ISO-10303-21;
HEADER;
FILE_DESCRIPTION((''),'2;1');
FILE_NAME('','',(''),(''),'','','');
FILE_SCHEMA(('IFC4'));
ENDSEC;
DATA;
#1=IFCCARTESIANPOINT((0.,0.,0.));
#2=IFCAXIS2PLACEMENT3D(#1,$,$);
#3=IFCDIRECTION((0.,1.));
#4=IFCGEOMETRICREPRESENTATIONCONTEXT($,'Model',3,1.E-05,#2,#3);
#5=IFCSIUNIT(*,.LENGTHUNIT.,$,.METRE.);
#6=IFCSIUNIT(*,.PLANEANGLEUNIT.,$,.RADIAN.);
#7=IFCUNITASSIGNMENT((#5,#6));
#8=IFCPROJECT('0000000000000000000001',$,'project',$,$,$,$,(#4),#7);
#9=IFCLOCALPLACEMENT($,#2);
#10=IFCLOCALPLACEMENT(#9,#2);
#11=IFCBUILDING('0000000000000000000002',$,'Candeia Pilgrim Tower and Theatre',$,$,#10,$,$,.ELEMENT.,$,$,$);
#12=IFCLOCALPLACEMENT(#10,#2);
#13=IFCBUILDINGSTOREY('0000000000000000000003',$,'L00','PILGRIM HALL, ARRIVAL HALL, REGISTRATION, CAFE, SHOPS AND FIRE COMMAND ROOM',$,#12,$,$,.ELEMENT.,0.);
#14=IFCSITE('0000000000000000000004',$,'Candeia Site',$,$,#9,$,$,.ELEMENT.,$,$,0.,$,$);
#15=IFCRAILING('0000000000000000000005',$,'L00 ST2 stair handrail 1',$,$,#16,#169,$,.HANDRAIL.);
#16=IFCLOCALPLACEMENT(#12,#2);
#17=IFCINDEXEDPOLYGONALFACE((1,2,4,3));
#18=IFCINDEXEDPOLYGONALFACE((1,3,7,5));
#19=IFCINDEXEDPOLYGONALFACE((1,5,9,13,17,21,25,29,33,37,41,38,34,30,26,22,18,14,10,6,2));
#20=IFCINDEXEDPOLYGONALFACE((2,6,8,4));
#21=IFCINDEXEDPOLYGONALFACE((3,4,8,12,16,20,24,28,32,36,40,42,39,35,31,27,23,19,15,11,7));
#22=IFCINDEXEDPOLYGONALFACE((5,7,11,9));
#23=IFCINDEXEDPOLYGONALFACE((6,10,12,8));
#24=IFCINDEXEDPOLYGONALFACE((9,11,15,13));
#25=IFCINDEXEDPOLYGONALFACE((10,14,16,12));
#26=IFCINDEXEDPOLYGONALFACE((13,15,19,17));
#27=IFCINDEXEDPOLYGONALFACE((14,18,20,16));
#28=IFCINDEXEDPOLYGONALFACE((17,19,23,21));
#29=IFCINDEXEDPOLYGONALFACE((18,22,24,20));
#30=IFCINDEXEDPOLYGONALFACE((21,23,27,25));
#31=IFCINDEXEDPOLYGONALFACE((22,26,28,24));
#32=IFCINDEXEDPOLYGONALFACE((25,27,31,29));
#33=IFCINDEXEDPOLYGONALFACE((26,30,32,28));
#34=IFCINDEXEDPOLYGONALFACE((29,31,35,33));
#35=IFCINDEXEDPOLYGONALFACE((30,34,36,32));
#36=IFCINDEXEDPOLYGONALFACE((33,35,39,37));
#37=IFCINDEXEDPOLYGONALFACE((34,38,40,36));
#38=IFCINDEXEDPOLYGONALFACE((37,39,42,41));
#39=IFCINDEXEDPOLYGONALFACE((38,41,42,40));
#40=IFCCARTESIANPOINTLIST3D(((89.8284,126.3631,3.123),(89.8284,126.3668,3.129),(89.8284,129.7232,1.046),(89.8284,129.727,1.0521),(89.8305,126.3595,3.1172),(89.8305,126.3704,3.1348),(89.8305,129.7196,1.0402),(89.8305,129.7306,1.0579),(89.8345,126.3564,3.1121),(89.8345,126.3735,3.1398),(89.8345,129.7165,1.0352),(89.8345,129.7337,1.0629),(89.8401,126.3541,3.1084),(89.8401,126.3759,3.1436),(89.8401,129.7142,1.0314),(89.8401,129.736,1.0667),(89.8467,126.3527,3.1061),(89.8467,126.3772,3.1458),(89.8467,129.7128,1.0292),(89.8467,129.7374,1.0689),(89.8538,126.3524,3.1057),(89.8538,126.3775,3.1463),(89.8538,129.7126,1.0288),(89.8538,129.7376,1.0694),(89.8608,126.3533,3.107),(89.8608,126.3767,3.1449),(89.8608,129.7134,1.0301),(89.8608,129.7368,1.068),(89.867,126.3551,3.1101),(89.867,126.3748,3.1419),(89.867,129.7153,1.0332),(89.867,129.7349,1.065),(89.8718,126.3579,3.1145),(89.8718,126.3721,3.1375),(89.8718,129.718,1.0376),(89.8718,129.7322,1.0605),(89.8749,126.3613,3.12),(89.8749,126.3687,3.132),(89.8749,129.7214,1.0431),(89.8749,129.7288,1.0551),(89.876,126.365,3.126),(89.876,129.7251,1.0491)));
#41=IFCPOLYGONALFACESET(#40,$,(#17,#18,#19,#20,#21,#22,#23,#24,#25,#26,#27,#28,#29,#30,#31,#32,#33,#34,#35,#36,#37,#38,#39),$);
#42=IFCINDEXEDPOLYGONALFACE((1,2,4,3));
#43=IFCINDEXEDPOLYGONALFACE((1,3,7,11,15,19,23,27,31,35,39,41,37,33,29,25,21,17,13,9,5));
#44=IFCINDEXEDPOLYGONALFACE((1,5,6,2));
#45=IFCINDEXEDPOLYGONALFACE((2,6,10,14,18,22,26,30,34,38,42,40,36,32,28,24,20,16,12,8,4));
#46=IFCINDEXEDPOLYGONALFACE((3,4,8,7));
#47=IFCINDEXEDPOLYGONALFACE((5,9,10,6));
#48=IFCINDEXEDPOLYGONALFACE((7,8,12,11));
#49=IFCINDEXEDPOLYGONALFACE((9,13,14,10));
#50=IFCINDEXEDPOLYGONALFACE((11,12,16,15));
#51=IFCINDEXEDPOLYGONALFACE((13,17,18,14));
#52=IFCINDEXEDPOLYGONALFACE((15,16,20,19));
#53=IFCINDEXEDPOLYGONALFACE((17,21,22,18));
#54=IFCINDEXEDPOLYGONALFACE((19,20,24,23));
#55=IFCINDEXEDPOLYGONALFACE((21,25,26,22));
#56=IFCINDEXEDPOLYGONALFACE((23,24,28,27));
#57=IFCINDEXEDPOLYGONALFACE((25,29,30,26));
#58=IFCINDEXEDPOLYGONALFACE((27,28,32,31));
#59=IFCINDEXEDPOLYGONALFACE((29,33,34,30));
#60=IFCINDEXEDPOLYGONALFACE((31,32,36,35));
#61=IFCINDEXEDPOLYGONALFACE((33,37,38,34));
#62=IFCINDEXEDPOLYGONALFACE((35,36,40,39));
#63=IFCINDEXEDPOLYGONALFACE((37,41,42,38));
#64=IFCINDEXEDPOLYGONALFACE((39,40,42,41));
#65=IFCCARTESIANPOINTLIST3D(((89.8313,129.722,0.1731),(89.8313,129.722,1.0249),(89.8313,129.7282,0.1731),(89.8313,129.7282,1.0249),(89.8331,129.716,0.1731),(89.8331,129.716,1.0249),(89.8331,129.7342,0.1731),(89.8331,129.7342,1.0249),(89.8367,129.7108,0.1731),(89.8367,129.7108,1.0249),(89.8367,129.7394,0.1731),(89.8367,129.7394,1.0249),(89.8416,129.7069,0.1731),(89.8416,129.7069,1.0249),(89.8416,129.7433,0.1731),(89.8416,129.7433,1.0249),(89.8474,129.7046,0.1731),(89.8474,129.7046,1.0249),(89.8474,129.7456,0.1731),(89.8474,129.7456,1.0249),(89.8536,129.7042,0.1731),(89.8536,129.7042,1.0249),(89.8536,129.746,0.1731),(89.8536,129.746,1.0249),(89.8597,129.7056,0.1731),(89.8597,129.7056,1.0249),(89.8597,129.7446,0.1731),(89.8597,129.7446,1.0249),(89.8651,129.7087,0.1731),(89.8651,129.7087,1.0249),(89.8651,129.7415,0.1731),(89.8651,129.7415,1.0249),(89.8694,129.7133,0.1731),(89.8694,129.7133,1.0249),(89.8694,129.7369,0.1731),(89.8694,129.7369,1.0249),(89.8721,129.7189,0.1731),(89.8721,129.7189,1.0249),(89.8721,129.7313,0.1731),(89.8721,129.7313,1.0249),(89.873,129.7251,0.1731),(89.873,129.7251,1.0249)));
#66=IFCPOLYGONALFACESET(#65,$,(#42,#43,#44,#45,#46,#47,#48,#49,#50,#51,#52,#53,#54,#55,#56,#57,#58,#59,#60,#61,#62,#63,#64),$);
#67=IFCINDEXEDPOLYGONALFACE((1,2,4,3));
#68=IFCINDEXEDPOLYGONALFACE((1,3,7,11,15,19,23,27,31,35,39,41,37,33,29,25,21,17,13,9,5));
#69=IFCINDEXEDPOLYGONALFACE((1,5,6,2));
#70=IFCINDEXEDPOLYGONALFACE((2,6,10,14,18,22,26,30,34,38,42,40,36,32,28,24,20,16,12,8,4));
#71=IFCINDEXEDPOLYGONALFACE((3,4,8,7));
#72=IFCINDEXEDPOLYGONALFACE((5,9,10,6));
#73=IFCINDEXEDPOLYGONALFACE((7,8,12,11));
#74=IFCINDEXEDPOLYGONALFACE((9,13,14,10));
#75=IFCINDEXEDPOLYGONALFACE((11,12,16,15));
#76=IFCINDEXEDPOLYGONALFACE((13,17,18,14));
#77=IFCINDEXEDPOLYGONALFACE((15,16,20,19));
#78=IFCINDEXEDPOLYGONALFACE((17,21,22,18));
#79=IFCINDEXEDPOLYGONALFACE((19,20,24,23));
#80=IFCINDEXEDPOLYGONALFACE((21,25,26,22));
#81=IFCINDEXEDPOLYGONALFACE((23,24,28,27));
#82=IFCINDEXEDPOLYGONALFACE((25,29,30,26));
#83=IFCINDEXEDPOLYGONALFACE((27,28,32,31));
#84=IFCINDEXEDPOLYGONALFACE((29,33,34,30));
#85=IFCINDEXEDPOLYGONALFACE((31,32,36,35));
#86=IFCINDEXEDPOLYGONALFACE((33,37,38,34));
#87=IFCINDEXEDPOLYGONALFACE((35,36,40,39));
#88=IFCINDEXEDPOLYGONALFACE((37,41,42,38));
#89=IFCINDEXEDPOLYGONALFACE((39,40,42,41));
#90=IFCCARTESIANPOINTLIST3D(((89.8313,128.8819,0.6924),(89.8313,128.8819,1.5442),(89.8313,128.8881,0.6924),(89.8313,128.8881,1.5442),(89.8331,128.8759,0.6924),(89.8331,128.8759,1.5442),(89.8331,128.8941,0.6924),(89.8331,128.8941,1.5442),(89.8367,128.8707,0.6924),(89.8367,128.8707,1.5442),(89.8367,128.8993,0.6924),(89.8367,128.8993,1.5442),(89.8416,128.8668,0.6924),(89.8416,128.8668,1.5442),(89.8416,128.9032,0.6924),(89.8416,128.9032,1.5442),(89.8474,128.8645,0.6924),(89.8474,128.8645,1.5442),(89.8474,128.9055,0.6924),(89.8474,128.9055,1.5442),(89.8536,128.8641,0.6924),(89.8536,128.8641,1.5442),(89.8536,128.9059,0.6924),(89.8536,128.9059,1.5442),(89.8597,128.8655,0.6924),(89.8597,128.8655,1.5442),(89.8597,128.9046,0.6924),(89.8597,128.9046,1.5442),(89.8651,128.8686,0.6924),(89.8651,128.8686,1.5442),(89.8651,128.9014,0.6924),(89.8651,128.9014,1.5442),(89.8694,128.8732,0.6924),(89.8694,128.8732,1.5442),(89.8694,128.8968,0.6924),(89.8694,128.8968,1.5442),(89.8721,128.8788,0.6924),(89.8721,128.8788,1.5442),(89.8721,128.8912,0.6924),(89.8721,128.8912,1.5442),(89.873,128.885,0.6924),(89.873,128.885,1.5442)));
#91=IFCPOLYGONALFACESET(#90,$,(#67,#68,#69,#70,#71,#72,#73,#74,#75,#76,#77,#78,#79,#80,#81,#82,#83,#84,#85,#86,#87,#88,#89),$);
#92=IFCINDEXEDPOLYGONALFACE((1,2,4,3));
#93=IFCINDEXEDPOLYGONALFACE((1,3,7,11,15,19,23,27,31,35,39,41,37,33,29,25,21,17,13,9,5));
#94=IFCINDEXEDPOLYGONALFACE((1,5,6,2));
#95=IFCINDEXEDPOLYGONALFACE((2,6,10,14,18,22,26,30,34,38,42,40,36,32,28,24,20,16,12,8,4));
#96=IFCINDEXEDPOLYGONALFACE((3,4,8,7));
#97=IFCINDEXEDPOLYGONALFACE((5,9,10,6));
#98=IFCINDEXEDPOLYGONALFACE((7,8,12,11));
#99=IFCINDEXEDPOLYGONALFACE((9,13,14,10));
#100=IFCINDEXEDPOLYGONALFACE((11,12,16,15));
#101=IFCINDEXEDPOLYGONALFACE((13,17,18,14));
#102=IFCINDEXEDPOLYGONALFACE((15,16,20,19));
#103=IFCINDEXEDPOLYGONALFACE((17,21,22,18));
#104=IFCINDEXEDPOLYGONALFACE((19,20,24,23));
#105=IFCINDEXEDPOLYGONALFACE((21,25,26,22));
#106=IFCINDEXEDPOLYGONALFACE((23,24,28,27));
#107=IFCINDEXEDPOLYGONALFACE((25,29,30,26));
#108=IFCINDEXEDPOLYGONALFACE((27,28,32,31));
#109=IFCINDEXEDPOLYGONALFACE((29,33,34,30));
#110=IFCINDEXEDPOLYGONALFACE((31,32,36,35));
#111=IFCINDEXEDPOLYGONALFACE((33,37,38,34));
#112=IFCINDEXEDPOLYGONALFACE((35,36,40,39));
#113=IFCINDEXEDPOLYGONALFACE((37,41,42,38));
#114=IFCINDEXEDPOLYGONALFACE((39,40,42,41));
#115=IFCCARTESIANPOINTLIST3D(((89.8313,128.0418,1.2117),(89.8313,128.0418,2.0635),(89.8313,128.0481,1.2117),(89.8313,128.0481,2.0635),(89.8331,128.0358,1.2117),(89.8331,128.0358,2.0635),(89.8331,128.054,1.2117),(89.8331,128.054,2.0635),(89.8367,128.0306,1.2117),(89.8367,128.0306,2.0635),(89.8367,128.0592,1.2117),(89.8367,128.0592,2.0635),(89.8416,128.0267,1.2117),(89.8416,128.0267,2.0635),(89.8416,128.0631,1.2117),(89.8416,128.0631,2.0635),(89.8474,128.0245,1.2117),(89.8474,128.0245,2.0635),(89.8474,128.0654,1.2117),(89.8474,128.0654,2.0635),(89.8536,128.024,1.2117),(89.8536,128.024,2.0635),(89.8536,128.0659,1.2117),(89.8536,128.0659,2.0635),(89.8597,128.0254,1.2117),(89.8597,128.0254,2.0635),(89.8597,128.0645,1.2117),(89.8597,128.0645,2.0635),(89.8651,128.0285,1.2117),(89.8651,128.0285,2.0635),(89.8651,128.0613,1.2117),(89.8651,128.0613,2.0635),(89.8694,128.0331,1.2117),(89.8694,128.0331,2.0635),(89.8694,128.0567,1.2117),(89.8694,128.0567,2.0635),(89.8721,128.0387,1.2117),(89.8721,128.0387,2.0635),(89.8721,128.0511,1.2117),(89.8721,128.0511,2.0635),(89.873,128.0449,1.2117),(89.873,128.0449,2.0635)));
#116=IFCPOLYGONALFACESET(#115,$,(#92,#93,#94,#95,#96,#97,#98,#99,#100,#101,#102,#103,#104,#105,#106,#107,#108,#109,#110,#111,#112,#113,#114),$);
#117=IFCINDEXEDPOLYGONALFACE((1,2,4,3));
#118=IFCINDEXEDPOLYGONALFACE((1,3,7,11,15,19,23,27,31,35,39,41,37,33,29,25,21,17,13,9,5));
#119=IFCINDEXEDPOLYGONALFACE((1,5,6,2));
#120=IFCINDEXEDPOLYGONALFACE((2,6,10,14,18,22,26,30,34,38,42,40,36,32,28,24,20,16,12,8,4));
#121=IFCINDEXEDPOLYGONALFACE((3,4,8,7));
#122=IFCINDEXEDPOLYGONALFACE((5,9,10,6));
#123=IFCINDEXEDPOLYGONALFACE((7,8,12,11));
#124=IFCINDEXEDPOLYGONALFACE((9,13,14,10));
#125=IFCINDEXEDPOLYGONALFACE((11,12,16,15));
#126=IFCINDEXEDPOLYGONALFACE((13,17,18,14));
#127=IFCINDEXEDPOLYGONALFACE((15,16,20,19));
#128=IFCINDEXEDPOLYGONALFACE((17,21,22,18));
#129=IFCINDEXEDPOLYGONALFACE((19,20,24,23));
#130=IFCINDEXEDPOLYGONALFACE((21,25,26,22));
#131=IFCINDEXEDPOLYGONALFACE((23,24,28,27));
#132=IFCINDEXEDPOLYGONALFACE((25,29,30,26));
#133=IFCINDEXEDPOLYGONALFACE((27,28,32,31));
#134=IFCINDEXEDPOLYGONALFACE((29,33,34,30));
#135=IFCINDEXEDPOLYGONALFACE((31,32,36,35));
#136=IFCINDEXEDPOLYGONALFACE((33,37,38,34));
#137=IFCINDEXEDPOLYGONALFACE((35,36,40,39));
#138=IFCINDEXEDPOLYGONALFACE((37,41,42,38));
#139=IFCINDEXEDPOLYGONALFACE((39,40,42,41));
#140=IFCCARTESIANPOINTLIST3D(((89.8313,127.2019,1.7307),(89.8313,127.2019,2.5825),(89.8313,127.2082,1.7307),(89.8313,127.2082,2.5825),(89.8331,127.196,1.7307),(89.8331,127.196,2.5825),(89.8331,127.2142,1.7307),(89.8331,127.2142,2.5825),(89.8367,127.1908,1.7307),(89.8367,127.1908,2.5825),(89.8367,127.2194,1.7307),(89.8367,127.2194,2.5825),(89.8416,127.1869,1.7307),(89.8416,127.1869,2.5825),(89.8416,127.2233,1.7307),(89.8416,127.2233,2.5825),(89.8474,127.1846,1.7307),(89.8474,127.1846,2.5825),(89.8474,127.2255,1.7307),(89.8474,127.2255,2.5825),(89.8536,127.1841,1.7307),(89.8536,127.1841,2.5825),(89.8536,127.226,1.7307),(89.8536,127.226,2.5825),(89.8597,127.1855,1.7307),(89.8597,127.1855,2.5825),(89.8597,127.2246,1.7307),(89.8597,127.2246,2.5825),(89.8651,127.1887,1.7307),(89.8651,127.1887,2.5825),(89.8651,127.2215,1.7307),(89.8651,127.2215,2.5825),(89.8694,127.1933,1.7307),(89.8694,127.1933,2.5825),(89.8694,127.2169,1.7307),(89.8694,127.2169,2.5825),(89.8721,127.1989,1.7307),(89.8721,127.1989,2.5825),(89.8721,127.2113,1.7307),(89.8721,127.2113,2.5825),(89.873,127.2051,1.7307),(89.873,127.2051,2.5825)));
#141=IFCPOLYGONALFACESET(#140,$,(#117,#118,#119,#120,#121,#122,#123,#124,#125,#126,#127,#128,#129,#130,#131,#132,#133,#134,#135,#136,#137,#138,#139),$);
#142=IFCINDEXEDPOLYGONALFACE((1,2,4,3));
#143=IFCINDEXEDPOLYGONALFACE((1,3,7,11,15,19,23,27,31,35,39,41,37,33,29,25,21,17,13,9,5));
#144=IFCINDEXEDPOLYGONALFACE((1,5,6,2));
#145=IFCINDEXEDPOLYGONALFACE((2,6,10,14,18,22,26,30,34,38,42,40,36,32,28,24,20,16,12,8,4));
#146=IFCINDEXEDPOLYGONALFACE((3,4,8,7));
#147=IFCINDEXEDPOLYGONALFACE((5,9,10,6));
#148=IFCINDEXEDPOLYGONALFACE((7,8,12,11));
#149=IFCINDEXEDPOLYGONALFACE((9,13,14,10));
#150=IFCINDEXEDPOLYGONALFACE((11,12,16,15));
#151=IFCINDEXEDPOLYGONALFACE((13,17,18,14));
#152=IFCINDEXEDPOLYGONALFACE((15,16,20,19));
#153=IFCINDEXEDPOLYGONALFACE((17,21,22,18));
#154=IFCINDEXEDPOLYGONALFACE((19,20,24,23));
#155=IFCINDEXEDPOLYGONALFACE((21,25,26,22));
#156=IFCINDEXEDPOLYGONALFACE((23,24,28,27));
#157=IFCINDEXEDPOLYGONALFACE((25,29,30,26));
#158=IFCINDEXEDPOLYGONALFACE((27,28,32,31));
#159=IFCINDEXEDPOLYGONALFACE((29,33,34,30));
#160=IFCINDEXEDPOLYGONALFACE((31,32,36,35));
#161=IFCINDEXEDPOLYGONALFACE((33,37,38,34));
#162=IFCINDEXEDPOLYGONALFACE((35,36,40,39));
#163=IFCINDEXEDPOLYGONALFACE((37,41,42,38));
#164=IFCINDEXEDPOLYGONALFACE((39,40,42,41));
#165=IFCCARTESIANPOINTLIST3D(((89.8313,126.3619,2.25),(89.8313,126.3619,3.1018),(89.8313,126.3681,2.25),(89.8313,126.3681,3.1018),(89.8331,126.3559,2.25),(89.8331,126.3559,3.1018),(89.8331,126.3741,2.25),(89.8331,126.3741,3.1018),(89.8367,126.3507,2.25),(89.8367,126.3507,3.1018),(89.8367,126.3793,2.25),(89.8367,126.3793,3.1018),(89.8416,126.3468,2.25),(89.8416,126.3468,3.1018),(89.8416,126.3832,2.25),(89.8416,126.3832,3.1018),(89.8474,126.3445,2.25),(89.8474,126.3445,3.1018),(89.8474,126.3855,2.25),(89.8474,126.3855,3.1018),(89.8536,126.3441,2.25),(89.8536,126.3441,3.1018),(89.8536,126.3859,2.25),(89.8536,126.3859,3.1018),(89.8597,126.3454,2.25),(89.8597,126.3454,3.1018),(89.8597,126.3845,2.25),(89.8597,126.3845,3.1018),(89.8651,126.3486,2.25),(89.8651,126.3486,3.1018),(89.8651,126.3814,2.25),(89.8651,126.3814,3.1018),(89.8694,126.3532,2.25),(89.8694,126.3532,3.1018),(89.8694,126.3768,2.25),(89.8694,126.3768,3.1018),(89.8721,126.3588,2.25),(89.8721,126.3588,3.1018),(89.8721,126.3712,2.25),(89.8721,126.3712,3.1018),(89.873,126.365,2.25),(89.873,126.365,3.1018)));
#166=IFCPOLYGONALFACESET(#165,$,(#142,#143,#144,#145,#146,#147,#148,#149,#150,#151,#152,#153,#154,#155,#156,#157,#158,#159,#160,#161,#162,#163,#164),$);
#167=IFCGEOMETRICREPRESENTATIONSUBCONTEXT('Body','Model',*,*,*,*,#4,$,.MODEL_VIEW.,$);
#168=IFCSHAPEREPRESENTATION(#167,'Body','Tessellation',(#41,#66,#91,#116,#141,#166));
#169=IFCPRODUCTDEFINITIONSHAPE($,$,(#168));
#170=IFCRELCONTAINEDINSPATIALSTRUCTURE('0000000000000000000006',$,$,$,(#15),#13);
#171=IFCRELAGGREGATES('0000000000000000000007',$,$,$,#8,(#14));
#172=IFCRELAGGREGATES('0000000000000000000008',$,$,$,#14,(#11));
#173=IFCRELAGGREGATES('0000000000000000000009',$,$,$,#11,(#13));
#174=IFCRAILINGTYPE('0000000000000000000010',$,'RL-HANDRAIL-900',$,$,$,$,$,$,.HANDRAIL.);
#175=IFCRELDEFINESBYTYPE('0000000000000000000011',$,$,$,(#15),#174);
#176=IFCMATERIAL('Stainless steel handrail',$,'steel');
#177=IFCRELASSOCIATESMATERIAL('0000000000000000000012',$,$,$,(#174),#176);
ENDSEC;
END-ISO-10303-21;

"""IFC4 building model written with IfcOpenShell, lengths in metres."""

from ifc_helpers import new_model, si_unit, direction, frame, origin, origin_2d, place, context, subcontext, project, spatial, circle, extrude, material, type_object, element, save


model = new_model("IFC4")

# Units and contexts
model_context = context("Model", 3, precision=1e-05, world=origin(), true_north=direction((0.0, 1.0)))
body_context = subcontext(model_context, "Body", "Model", "MODEL_VIEW")
ifc_project = project(units=[si_unit("LENGTHUNIT", "METRE"), si_unit("PLANEANGLEUNIT", "RADIAN")], contexts=[model_context])

# Site, building, storey
site_placement = place(None, origin())
site = spatial("IfcSite", under=ifc_project, at=site_placement, Name="Candeia Site", CompositionType="ELEMENT", RefElevation=0.0)
building_placement = place(site_placement, origin())
building = spatial("IfcBuilding", under=site, at=building_placement, Name="Candeia Pilgrim Tower and Theatre", CompositionType="ELEMENT")
storey_placement = place(building_placement, origin())
storey = spatial("IfcBuildingStorey", under=building, at=storey_placement, Name="L00", Description="PILGRIM HALL, ARRIVAL HALL, REGISTRATION, CAFE, SHOPS AND FIRE COMMAND ROOM", CompositionType="ELEMENT", Elevation=0.0)

# Railing
ifc_material_1 = material(Name="Stainless steel handrail", Category="steel")
railing_type_1 = type_object("IfcRailingType", Name="RL-HANDRAIL-900", PredefinedType="HANDRAIL", material=ifc_material_1)
railing_1_placement = place(storey_placement, frame((89.8521, 129.7251, 0.1731)))
element("IfcRailing", 1, at=railing_1_placement, inside=storey, type_object=railing_type_1, Name="L00 ST2 stair handrail 1", PredefinedType="HANDRAIL", context=body_context, shape_type="SweptSolid", body=[
    extrude(circle(Radius=0.0239, at=origin_2d()), frame((0.0, 0.0, 0.876), z_axis=(0.0, -0.850623, 0.525776), x_axis=(1.0, 0.0, 0.0)), (0.0, 0.0, 1.0), 3.9502),
    extrude(circle(Radius=0.021, at=origin_2d()), origin(), (0.0, 0.0, 1.0), 0.8518),
    extrude(circle(Radius=0.021, at=origin_2d()), frame((0.0, -0.8401, 0.5193)), (0.0, 0.0, 1.0), 0.8518),
    extrude(circle(Radius=0.021, at=origin_2d()), frame((0.0, -1.6802, 1.0386)), (0.0, 0.0, 1.0), 0.8518),
    extrude(circle(Radius=0.021, at=origin_2d()), frame((0.0, -2.52, 1.5576)), (0.0, 0.0, 1.0), 0.8518),
    extrude(circle(Radius=0.021, at=origin_2d()), frame((0.0, -3.3601, 2.0769)), (0.0, 0.0, 1.0), 0.8518),
])

save(model, "model.ifc")
